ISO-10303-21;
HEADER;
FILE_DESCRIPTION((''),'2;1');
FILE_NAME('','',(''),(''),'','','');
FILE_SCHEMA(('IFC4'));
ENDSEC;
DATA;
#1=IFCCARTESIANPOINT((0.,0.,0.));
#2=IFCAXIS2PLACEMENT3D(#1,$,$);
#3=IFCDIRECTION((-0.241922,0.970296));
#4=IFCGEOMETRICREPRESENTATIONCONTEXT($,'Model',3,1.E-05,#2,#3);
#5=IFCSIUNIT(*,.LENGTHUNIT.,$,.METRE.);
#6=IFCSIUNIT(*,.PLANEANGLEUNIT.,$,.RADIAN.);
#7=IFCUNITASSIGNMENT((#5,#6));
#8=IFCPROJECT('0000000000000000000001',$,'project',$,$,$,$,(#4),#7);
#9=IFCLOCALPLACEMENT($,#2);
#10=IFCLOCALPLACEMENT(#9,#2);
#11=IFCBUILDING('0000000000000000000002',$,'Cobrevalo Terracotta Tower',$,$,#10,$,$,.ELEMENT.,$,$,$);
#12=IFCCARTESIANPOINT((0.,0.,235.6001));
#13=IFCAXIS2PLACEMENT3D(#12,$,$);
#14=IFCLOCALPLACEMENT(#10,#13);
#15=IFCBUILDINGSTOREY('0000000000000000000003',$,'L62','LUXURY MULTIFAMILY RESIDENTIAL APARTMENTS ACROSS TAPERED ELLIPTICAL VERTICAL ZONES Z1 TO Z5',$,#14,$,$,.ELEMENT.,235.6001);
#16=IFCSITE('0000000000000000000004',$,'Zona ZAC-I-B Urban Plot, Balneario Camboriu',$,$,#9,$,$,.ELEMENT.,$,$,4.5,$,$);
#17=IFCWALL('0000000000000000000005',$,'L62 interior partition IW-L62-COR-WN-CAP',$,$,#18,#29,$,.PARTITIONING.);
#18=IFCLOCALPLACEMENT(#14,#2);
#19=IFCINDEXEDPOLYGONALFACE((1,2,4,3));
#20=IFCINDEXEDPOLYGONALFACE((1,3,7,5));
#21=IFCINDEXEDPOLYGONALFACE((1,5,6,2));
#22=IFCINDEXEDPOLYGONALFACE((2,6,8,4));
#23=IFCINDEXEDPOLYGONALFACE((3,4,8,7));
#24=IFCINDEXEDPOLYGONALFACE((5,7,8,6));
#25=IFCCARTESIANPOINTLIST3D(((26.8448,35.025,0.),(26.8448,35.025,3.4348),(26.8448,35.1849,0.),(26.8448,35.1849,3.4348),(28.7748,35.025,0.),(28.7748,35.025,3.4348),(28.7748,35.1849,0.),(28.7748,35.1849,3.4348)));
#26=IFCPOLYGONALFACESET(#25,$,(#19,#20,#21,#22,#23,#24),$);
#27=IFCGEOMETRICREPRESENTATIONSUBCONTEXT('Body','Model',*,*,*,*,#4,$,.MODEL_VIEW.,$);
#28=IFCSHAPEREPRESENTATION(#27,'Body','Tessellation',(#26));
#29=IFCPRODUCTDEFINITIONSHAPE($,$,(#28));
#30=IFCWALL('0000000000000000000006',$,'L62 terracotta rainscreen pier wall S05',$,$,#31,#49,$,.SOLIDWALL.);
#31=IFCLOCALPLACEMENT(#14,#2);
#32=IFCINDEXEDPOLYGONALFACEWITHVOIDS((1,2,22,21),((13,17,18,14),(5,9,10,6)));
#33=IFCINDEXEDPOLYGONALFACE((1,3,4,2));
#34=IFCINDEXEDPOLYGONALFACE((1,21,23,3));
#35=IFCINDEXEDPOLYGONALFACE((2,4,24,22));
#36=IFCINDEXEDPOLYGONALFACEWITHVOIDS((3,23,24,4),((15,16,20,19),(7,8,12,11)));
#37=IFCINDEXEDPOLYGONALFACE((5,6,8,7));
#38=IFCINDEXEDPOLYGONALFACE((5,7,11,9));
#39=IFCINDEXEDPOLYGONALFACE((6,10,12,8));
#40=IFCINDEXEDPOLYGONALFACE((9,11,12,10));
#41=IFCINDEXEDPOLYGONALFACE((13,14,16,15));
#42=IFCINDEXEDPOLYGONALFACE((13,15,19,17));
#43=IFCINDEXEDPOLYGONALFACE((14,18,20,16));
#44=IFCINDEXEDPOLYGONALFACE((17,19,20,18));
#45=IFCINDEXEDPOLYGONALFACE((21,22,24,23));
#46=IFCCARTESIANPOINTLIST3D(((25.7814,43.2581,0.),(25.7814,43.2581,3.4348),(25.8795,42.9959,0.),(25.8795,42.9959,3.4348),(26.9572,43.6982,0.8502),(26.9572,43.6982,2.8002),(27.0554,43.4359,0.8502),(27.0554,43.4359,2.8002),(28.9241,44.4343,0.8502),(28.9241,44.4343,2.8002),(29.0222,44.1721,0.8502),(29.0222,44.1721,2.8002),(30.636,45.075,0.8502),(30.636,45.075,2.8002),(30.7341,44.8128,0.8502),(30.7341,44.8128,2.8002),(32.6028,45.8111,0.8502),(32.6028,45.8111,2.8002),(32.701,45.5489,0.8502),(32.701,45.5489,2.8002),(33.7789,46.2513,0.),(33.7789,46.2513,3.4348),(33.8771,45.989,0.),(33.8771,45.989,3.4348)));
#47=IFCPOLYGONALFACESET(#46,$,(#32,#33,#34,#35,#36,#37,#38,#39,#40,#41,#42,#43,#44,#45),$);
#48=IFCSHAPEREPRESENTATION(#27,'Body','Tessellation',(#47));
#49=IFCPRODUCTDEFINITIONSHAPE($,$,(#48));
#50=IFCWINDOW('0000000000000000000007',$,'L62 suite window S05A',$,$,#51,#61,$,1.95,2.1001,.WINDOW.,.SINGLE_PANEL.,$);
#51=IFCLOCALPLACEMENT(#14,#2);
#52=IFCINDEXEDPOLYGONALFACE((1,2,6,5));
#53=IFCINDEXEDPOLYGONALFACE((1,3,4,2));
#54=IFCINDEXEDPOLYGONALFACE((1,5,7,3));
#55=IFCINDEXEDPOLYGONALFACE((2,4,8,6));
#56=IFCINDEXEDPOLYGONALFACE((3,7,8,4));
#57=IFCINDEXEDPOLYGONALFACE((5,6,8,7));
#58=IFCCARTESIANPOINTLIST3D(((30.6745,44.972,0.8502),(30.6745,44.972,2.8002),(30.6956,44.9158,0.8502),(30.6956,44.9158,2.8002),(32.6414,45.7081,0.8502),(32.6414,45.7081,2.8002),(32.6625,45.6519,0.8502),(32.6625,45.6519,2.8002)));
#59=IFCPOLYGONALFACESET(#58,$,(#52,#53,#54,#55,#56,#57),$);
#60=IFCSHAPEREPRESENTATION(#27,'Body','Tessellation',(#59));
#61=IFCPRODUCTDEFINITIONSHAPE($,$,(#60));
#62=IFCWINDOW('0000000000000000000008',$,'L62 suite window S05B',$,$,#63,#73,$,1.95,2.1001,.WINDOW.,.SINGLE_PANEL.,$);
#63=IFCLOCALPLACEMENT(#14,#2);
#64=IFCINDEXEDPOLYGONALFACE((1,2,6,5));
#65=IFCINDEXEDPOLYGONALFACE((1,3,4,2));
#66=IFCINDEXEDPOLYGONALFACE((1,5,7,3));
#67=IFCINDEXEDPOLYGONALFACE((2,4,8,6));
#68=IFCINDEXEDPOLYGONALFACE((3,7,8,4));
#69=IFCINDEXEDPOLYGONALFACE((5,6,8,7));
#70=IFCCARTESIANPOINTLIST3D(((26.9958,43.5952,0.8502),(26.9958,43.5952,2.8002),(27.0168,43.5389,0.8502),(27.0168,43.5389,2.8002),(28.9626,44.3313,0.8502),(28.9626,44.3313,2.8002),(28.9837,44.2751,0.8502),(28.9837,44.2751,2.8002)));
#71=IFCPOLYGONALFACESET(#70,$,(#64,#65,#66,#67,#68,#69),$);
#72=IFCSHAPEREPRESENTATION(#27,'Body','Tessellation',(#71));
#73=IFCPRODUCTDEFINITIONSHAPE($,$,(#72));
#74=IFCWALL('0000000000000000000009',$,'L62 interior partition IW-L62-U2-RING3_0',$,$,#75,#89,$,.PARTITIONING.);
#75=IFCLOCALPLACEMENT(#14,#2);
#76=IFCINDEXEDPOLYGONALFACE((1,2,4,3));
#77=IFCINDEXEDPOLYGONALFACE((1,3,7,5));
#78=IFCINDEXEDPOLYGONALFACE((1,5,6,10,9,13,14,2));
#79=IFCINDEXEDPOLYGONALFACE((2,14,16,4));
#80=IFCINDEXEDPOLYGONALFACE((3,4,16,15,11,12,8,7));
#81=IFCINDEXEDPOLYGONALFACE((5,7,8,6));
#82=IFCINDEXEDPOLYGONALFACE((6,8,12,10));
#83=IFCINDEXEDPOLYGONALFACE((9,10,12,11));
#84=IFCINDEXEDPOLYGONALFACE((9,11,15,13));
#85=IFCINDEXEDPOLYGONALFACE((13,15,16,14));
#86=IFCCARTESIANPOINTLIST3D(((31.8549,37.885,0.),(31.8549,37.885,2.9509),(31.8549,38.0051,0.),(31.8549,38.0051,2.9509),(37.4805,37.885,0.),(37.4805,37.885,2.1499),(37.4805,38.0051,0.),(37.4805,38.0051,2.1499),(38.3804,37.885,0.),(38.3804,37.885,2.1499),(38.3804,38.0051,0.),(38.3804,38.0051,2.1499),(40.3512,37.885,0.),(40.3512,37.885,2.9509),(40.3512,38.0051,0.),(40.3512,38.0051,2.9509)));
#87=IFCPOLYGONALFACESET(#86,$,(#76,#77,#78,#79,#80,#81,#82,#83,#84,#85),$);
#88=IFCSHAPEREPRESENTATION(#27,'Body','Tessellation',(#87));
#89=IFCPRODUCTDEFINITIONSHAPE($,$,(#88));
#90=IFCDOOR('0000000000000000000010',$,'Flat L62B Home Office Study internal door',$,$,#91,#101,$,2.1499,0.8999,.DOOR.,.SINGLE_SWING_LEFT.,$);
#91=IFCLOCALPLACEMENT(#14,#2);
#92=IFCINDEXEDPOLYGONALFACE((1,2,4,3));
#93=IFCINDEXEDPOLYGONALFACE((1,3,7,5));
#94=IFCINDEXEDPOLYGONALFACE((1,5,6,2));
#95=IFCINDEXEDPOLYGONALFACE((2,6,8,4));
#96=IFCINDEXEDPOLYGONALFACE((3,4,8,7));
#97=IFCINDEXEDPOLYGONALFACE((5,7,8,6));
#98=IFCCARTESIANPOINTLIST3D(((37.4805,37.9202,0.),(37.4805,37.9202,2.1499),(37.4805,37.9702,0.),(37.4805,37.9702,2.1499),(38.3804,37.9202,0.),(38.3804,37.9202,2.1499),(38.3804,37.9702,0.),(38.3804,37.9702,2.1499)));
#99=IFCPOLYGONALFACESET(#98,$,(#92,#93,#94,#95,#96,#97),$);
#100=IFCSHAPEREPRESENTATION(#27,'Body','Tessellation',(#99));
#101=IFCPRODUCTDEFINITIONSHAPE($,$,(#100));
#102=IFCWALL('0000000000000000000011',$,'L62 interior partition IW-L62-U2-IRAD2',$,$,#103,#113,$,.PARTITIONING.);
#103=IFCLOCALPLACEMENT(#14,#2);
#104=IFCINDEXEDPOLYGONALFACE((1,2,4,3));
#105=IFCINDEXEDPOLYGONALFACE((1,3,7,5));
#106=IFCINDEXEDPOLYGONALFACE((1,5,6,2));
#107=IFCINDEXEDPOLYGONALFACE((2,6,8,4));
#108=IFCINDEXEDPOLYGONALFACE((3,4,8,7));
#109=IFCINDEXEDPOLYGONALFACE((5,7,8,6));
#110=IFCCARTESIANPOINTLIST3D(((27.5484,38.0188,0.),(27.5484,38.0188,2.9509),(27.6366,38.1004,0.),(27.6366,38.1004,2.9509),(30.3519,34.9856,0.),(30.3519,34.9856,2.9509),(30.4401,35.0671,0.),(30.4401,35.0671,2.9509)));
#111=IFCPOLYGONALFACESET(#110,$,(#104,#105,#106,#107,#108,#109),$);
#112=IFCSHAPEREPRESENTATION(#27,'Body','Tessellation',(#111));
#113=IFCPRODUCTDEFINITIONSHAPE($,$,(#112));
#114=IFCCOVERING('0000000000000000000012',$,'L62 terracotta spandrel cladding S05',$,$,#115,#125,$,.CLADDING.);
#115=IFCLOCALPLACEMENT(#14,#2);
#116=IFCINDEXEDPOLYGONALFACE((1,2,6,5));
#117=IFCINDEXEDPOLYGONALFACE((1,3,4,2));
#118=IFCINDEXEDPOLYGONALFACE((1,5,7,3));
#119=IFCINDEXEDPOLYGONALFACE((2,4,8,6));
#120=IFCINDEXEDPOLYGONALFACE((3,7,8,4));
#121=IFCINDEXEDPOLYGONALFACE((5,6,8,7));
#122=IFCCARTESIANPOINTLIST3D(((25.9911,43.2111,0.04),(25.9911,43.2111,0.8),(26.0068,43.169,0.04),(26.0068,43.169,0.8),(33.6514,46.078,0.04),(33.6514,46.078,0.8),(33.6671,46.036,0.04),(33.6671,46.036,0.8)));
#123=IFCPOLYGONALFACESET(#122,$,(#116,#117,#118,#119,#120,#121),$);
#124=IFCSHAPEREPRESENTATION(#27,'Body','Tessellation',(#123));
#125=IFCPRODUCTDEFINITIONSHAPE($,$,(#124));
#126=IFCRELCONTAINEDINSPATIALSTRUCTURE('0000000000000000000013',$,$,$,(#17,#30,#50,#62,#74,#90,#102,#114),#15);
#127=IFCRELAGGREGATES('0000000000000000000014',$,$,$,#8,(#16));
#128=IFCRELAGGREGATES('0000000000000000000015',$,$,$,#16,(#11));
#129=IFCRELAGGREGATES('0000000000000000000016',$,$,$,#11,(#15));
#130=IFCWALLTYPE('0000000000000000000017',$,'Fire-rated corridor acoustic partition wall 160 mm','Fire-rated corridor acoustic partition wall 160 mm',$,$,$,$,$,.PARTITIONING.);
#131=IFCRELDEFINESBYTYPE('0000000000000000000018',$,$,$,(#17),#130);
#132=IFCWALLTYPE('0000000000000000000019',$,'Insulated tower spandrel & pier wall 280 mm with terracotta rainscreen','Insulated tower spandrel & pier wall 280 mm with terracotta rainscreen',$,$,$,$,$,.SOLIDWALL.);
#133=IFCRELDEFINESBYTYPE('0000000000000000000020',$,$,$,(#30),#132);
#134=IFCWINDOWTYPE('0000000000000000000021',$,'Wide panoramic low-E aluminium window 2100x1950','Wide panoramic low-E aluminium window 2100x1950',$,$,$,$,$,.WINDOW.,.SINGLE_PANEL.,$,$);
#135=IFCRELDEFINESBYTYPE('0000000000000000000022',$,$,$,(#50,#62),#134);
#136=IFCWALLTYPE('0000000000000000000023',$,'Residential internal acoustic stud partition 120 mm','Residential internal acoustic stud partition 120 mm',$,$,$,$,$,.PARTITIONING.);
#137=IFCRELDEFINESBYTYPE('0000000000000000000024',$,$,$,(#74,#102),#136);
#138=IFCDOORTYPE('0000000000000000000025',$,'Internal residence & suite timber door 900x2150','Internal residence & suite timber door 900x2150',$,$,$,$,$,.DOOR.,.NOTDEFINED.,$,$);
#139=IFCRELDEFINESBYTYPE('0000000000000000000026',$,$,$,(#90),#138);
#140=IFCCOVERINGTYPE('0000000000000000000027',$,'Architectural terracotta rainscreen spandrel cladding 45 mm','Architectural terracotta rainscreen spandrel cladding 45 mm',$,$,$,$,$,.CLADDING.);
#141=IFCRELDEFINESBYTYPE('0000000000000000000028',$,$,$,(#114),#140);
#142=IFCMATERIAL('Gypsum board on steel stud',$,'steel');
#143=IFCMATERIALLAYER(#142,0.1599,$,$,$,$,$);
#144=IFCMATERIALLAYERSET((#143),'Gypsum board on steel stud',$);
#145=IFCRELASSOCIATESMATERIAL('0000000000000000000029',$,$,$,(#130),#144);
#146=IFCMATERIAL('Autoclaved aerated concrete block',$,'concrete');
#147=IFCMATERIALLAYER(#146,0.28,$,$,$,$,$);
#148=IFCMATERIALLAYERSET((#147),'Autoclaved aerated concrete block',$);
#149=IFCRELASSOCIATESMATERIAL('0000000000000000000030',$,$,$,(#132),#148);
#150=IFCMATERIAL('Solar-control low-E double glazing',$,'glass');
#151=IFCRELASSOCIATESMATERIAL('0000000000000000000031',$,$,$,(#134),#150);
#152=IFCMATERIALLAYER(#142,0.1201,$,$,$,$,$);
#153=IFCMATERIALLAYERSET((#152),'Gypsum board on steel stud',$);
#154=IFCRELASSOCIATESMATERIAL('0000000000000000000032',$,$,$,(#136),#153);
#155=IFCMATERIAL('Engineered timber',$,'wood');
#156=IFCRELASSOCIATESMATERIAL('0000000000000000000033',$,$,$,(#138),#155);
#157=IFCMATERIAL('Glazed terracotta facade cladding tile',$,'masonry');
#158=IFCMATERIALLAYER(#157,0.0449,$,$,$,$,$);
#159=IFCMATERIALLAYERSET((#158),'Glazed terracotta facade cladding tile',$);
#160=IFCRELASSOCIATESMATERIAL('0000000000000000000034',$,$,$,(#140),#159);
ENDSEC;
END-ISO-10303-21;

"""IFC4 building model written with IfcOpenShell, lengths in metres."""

from ifc_helpers import new_model, si_unit, direction, frame, frame_2d, origin, origin_2d, place, context, subcontext, project, spatial, rectangle, extrude, source, transform, mapped, material, layer, layer_set, type_object, element, fill, save


model = new_model("IFC4")

# Units and contexts
model_context = context("Model", 3, precision=1e-05, world=origin(), true_north=direction((-0.241922, 0.970296)))
body_context = subcontext(model_context, "Body", "Model", "MODEL_VIEW")
ifc_project = project(units=[si_unit("LENGTHUNIT", "METRE"), si_unit("PLANEANGLEUNIT", "RADIAN")], contexts=[model_context])

# Site, building, storey
site_placement = place(None, origin())
site = spatial("IfcSite", under=ifc_project, at=site_placement, Name="Zona ZAC-I-B Urban Plot, Balneario Camboriu", CompositionType="ELEMENT", RefElevation=4.5)
building_placement = place(site_placement, origin())
building = spatial("IfcBuilding", under=site, at=building_placement, Name="Cobrevalo Terracotta Tower", CompositionType="ELEMENT")
storey_placement = place(building_placement, frame((0.0, 0.0, 235.6001)))
storey = spatial("IfcBuildingStorey", under=building, at=storey_placement, Name="L62", Description="LUXURY MULTIFAMILY RESIDENTIAL APARTMENTS ACROSS TAPERED ELLIPTICAL VERTICAL ZONES Z1 TO Z5", CompositionType="ELEMENT", Elevation=235.6001)

# Wall
ifc_material_1 = material(Name="Gypsum board on steel stud", Category="steel")
ifc_layer_1 = layer(ifc_material_1, 0.1599)
ifc_layer_set_1 = layer_set([ifc_layer_1], Name="Gypsum board on steel stud")
wall_type_1 = type_object("IfcWallType", Name="Fire-rated corridor acoustic partition wall 160 mm", Description="Fire-rated corridor acoustic partition wall 160 mm", PredefinedType="PARTITIONING", material=ifc_layer_set_1)
wall_1_placement = place(storey_placement, frame((26.845, 35.105, 0.0), z_axis=(0.0, 0.0, 1.0), x_axis=(1.0, 0.0, 0.0)))
element("IfcWall", 1, at=wall_1_placement, inside=storey, type_object=wall_type_1, Name="L62 interior partition IW-L62-COR-WN-CAP", PredefinedType="PARTITIONING", context=body_context, shape_type="SweptSolid", body=[
    extrude(rectangle(XDim=1.9299, YDim=0.1599, at=frame_2d((0.9648, 0.0))), origin(), (0.0, 0.0, 1.0), 3.4348),
])

# Wall, openings, windows
ifc_material_2 = material(Name="Autoclaved aerated concrete block", Category="concrete")
ifc_layer_2 = layer(ifc_material_2, 0.28)
ifc_layer_set_2 = layer_set([ifc_layer_2], Name="Autoclaved aerated concrete block")
wall_type_2 = type_object("IfcWallType", Name="Insulated tower spandrel & pier wall 280 mm with terracotta rainscreen", Description="Insulated tower spandrel & pier wall 280 mm with terracotta rainscreen", PredefinedType="SOLIDWALL", material=ifc_layer_set_2)
wall_2_placement = place(storey_placement, frame((33.8279, 46.1201, 0.0), z_axis=(0.0, 0.0, 1.0), x_axis=(-0.936557, -0.350516, 0.0)))
wall_2 = element("IfcWall", 2, at=wall_2_placement, inside=storey, type_object=wall_type_2, Name="L62 terracotta rainscreen pier wall S05", PredefinedType="SOLIDWALL", context=body_context, shape_type="SweptSolid", body=[
    extrude(rectangle(XDim=8.5393, YDim=0.28, at=frame_2d((4.2695, 0.0))), origin(), (0.0, 0.0, 1.0), 3.4348),
])
opening_1_placement = place(wall_2_placement, frame((1.2556, 0.0, 0.8501)))
opening_1 = element("IfcOpeningElement", 3, at=opening_1_placement, cuts=wall_2, PredefinedType="OPENING", context=body_context, shape_type="SweptSolid", body=[
    extrude(rectangle(XDim=2.1001, YDim=1.95, at=frame_2d((1.05, 0.9751))), frame((0.0, 0.1499, 0.0), z_axis=(0.0, -1.0, 0.0), x_axis=(1.0, 0.0, 0.0)), (0.0, 0.0, 1.0), 0.3),
])
opening_2_placement = place(wall_2_placement, frame((5.1836, 0.0, 0.8501)))
opening_2 = element("IfcOpeningElement", 4, at=opening_2_placement, cuts=wall_2, PredefinedType="OPENING", context=body_context, shape_type="SweptSolid", body=[
    extrude(rectangle(XDim=2.1001, YDim=1.95, at=frame_2d((1.05, 0.9751))), frame((0.0, 0.1499, 0.0), z_axis=(0.0, -1.0, 0.0), x_axis=(1.0, 0.0, 0.0)), (0.0, 0.0, 1.0), 0.3),
])
ifc_material_3 = material(Name="Solar-control low-E double glazing", Category="glass")
window_type = type_object("IfcWindowType", Name="Wide panoramic low-E aluminium window 2100x1950", Description="Wide panoramic low-E aluminium window 2100x1950", PartitioningType="SINGLE_PANEL", PredefinedType="WINDOW", material=ifc_material_3)
shared_shape_1 = source(origin(), body_context, "Body", "SweptSolid", [
    extrude(rectangle(XDim=2.1001, YDim=1.95, at=frame_2d((1.05, 0.9751))), frame((0.0, 0.03, 0.0), z_axis=(0.0, -1.0, 0.0), x_axis=(1.0, 0.0, 0.0)), (0.0, 0.0, 1.0), 0.0601),
])
window_1_placement = place(opening_1_placement, origin())
window_1 = element("IfcWindow", 5, at=window_1_placement, inside=storey, type_object=window_type, Name="L62 suite window S05A", OverallHeight=1.95, OverallWidth=2.1001, PartitioningType="SINGLE_PANEL", PredefinedType="WINDOW", context=body_context, shape_type="MappedRepresentation", body=[
    mapped(shared_shape_1, transform((0.0, 0.0, 0.0), scale=1.0)),
])
fill(opening_1, window_1)
window_2_placement = place(opening_2_placement, origin())
window_2 = element("IfcWindow", 6, at=window_2_placement, inside=storey, type_object=window_type, Name="L62 suite window S05B", OverallHeight=1.95, OverallWidth=2.1001, PartitioningType="SINGLE_PANEL", PredefinedType="WINDOW", context=body_context, shape_type="MappedRepresentation", body=[
    mapped(shared_shape_1, transform((0.0, 0.0, 0.0), scale=1.0)),
])
fill(opening_2, window_2)

# Wall, opening, door
ifc_layer_3 = layer(ifc_material_1, 0.1201)
ifc_layer_set_3 = layer_set([ifc_layer_3], Name="Gypsum board on steel stud")
wall_type_3 = type_object("IfcWallType", Name="Residential internal acoustic stud partition 120 mm", Description="Residential internal acoustic stud partition 120 mm", PredefinedType="PARTITIONING", material=ifc_layer_set_3)
wall_3_placement = place(storey_placement, frame((31.855, 37.9451, 0.0), z_axis=(0.0, 0.0, 1.0), x_axis=(1.0, 0.0, 0.0)))
wall_3 = element("IfcWall", 7, at=wall_3_placement, inside=storey, type_object=wall_type_3, Name="L62 interior partition IW-L62-U2-RING3_0", PredefinedType="PARTITIONING", context=body_context, shape_type="SweptSolid", body=[
    extrude(rectangle(XDim=8.4963, YDim=0.1201, at=frame_2d((4.248, 0.0))), origin(), (0.0, 0.0, 1.0), 2.9509),
])
opening_3_placement = place(wall_3_placement, frame((5.6255, 0.0, 0.0)))
opening_3 = element("IfcOpeningElement", 8, at=opening_3_placement, cuts=wall_3, PredefinedType="OPENING", context=body_context, shape_type="SweptSolid", body=[
    extrude(rectangle(XDim=0.8999, YDim=2.1499, at=frame_2d((0.45, 1.075))), frame((0.0, 0.0701, 0.0), z_axis=(0.0, -1.0, 0.0), x_axis=(1.0, 0.0, 0.0)), (0.0, 0.0, 1.0), 0.1401),
])
ifc_material_4 = material(Name="Engineered timber", Category="wood")
door_type_1 = type_object("IfcDoorType", Name="Internal residence & suite timber door 900x2150", Description="Internal residence & suite timber door 900x2150", OperationType="NOTDEFINED", PredefinedType="DOOR", material=ifc_material_4)
shared_shape_2 = source(origin(), body_context, "Body", "SweptSolid", [
    extrude(rectangle(XDim=0.8999, YDim=2.1499, at=frame_2d((0.45, 1.075))), frame((0.0, 0.0249, 0.0), z_axis=(0.0, -1.0, 0.0), x_axis=(1.0, 0.0, 0.0)), (0.0, 0.0, 1.0), 0.05),
])
door_1_placement = place(opening_3_placement, frame((0.8999, 0.0, 0.0), z_axis=(0.0, 0.0, 1.0), x_axis=(-1.0, 0.0, 0.0)))
door_1 = element("IfcDoor", 9, at=door_1_placement, inside=storey, type_object=door_type_1, Name="Flat L62B Home Office Study internal door", OperationType="SINGLE_SWING_LEFT", OverallHeight=2.1499, OverallWidth=0.8999, PredefinedType="DOOR", context=body_context, shape_type="MappedRepresentation", body=[
    mapped(shared_shape_2, transform((0.0, 0.0, 0.0), scale=1.0)),
])
fill(opening_3, door_1)

# Wall
wall_4_placement = place(storey_placement, frame((30.396, 35.0264, 0.0), z_axis=(0.0, 0.0, 1.0), x_axis=(-0.678749, 0.73437, 0.0)))
element("IfcWall", 10, at=wall_4_placement, inside=storey, type_object=wall_type_3, Name="L62 interior partition IW-L62-U2-IRAD2", PredefinedType="PARTITIONING", context=body_context, shape_type="SweptSolid", body=[
    extrude(rectangle(XDim=4.1304, YDim=0.1201, at=frame_2d((2.0652, 0.0))), origin(), (0.0, 0.0, 1.0), 2.9509),
])

# Covering
ifc_material_5 = material(Name="Glazed terracotta facade cladding tile", Category="masonry")
ifc_layer_4 = layer(ifc_material_5, 0.0449)
ifc_layer_set_4 = layer_set([ifc_layer_4], Name="Glazed terracotta facade cladding tile")
covering_type = type_object("IfcCoveringType", Name="Architectural terracotta rainscreen spandrel cladding 45 mm", Description="Architectural terracotta rainscreen spandrel cladding 45 mm", PredefinedType="CLADDING", material=ifc_layer_set_4)
shared_shape_3 = source(origin(), body_context, "Body", "SweptSolid", [
    extrude(rectangle(XDim=8.1792, YDim=0.0449, at=origin_2d()), origin(), (0.0, 0.0, 1.0), 0.76),
])
covering_placement = place(storey_placement, frame((29.8291, 44.6235, 0.04), z_axis=(0.0, 0.0, 1.0), x_axis=(-0.936558, -0.350513, 0.0)))
element("IfcCovering", 11, at=covering_placement, inside=storey, type_object=covering_type, Name="L62 terracotta spandrel cladding S05", PredefinedType="CLADDING", context=body_context, shape_type="MappedRepresentation", body=[
    mapped(shared_shape_3, transform((0.0, 0.0, 0.0), scale=1.0)),
])

save(model, "model.ifc")
